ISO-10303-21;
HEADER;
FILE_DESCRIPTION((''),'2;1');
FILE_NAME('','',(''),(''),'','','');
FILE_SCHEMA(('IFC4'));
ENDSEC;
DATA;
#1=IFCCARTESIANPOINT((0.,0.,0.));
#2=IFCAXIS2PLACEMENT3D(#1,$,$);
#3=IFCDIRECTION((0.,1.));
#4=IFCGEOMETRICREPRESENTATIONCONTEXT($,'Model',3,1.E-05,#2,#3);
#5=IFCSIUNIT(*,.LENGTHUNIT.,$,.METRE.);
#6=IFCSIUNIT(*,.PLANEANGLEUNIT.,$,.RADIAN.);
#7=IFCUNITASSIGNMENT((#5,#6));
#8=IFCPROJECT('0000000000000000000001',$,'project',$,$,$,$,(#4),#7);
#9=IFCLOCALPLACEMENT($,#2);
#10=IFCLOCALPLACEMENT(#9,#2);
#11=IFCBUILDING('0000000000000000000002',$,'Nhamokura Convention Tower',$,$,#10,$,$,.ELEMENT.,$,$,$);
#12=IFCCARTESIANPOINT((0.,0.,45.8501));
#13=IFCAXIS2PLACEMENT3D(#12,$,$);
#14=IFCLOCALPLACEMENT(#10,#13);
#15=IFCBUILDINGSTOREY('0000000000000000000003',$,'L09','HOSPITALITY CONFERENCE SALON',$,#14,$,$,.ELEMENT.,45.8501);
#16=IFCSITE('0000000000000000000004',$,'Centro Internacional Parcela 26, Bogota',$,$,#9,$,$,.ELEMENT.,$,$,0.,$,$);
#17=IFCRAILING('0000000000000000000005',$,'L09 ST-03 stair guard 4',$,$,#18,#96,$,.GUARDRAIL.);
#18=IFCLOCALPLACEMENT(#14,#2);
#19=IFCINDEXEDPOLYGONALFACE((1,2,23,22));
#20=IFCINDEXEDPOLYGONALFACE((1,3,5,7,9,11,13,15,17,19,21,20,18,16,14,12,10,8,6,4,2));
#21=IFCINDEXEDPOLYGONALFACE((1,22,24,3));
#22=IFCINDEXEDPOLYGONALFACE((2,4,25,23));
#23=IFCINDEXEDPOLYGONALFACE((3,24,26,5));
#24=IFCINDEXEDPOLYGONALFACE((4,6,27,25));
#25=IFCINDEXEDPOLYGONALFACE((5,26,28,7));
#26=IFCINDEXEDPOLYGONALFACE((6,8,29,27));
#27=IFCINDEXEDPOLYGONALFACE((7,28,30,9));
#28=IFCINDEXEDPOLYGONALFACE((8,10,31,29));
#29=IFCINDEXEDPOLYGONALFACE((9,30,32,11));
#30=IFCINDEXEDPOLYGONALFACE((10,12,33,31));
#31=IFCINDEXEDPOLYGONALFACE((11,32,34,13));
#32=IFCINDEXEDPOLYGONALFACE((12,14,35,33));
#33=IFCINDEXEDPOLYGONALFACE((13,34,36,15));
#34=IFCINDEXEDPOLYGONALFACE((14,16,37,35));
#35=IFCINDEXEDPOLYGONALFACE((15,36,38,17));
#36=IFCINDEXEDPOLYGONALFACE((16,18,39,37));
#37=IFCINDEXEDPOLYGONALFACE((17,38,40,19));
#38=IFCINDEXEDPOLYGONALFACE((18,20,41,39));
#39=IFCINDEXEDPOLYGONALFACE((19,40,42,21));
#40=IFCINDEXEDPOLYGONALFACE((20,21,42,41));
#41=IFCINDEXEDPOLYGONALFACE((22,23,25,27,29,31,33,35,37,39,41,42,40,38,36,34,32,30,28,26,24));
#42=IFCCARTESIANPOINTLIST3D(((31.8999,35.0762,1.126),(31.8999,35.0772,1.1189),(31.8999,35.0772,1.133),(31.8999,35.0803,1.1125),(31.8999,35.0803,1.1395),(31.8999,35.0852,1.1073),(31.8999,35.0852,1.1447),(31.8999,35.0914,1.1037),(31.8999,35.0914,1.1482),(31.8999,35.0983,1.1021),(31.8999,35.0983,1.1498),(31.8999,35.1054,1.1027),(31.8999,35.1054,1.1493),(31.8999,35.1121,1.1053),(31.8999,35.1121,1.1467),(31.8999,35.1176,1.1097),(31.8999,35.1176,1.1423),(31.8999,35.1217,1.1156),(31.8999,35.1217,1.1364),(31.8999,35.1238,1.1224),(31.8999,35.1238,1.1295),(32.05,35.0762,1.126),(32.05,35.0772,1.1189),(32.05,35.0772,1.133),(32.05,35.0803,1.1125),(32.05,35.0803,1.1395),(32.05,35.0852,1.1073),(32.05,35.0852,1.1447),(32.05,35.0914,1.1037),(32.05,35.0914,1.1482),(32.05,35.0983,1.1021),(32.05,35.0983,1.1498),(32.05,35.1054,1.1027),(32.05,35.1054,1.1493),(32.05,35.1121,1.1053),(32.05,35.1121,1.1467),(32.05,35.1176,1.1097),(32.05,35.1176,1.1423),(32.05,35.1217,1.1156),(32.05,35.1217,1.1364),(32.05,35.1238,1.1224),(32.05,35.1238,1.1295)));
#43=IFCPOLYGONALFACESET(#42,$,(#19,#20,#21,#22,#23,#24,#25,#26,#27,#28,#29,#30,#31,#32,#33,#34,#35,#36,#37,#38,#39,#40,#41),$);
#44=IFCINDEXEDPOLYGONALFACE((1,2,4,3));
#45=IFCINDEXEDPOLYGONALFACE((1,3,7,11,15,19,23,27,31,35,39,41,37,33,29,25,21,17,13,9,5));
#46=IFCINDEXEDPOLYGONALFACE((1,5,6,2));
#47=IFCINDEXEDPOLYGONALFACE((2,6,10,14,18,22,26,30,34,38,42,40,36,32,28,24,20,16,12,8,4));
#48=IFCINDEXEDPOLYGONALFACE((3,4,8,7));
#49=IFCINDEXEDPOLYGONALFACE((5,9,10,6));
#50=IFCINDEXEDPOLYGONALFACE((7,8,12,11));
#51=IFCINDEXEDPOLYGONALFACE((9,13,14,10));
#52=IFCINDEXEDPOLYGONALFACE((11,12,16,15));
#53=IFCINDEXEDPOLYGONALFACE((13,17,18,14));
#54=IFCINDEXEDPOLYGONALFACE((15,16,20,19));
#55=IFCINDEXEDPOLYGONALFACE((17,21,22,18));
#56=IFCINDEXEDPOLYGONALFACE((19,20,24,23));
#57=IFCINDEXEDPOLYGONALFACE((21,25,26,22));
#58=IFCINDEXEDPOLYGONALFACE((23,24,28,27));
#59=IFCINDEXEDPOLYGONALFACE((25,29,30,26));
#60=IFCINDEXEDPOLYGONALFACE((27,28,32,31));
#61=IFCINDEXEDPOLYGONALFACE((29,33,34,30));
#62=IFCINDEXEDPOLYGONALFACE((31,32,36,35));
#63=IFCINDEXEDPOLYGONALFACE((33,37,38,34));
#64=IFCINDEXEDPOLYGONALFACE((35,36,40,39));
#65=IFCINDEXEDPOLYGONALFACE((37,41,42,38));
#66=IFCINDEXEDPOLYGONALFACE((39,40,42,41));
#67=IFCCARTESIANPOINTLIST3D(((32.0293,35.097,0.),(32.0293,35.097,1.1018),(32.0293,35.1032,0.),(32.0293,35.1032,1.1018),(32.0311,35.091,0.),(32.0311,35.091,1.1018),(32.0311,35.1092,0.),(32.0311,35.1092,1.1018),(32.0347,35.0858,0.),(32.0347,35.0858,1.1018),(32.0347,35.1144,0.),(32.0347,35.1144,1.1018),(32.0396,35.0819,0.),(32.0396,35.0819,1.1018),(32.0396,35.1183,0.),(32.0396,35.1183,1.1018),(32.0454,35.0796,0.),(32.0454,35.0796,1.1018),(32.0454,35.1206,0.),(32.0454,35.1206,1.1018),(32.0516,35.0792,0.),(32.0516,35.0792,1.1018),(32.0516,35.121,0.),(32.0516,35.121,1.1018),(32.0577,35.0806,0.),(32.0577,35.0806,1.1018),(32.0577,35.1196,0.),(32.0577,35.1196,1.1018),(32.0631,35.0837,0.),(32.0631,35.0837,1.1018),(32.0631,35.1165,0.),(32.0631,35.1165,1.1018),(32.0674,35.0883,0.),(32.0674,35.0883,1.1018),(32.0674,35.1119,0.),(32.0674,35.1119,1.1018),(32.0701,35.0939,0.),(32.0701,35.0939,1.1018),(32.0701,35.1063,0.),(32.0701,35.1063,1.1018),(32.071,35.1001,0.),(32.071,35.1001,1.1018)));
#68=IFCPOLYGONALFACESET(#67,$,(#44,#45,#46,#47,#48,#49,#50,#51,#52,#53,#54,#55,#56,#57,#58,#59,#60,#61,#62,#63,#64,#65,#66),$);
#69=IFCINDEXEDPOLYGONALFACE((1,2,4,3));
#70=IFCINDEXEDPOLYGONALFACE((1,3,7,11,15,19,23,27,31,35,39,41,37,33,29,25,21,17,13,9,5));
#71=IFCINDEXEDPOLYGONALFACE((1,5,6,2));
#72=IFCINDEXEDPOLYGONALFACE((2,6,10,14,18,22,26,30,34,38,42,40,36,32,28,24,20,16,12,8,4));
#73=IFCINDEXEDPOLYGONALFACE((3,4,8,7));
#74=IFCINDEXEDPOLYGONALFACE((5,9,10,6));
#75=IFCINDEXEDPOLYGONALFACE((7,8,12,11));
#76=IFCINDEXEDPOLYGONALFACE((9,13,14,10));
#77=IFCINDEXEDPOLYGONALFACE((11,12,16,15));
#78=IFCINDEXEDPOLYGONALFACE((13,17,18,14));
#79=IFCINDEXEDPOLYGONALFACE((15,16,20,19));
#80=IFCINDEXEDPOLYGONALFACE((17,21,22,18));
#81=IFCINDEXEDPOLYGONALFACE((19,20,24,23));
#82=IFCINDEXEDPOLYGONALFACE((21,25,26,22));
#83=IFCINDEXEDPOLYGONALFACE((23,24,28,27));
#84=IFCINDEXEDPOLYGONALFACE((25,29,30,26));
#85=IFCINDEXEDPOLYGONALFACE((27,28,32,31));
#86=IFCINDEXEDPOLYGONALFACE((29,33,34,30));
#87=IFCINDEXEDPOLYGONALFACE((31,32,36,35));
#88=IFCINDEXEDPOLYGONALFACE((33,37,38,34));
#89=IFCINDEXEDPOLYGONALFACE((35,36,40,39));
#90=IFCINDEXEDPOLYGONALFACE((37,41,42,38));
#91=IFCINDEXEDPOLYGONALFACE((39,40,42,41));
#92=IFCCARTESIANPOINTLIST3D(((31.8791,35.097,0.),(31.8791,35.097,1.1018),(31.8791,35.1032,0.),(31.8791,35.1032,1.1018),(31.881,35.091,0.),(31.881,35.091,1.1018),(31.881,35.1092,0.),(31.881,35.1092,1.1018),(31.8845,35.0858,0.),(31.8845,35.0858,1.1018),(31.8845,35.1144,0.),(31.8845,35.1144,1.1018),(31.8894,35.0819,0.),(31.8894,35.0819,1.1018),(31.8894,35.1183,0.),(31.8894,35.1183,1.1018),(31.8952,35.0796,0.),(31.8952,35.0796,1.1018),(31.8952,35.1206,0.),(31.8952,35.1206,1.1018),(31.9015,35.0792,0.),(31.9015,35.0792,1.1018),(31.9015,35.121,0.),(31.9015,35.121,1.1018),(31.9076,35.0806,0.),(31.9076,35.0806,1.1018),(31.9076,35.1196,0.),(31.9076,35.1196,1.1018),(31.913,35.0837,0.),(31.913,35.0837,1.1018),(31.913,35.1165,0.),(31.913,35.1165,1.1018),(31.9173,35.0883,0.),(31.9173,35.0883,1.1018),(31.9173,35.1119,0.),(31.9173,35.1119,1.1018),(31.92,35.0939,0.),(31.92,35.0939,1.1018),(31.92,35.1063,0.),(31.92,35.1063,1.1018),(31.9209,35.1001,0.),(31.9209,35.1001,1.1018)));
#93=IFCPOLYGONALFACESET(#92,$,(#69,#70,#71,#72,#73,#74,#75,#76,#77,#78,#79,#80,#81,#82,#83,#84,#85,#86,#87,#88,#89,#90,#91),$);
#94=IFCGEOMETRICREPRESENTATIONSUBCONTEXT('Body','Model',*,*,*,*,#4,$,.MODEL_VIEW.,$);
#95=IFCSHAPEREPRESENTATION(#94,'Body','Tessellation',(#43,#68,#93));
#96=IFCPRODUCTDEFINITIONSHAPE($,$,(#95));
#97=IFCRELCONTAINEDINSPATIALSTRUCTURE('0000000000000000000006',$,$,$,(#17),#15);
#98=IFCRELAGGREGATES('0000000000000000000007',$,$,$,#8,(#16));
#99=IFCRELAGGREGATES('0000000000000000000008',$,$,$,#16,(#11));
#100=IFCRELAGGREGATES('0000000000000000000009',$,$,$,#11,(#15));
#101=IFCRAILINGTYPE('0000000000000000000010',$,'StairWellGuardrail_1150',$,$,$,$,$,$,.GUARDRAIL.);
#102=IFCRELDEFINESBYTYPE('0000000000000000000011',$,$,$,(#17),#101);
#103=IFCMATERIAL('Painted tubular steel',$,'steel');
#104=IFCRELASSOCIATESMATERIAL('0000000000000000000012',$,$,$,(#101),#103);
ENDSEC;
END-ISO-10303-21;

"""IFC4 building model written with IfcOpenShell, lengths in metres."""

from ifc_helpers import new_model, si_unit, direction, frame, origin, origin_2d, place, context, subcontext, project, spatial, circle, extrude, material, type_object, element, save


model = new_model("IFC4")

# Units and contexts
model_context = context("Model", 3, precision=1e-05, world=origin(), true_north=direction((0.0, 1.0)))
body_context = subcontext(model_context, "Body", "Model", "MODEL_VIEW")
ifc_project = project(units=[si_unit("LENGTHUNIT", "METRE"), si_unit("PLANEANGLEUNIT", "RADIAN")], contexts=[model_context])

# Site, building, storey
site_placement = place(None, origin())
site = spatial("IfcSite", under=ifc_project, at=site_placement, Name="Centro Internacional Parcela 26, Bogota", CompositionType="ELEMENT", RefElevation=0.0)
building_placement = place(site_placement, origin())
building = spatial("IfcBuilding", under=site, at=building_placement, Name="Nhamokura Convention Tower", CompositionType="ELEMENT")
storey_placement = place(building_placement, frame((0.0, 0.0, 45.8501)))
storey = spatial("IfcBuildingStorey", under=building, at=storey_placement, Name="L09", Description="HOSPITALITY CONFERENCE SALON", CompositionType="ELEMENT", Elevation=45.8501)

# Railing
ifc_material_1 = material(Name="Painted tubular steel", Category="steel")
railing_type_1 = type_object("IfcRailingType", Name="StairWellGuardrail_1150", PredefinedType="GUARDRAIL", material=ifc_material_1)
railing_1_placement = place(storey_placement, frame((32.05, 35.1001, 0.0)))
element("IfcRailing", 1, at=railing_1_placement, inside=storey, type_object=railing_type_1, Name="L09 ST-03 stair guard 4", PredefinedType="GUARDRAIL", context=body_context, shape_type="SweptSolid", body=[
    extrude(circle(Radius=0.0239, at=origin_2d()), frame((0.0, 0.0, 1.126), z_axis=(-1.0, 0.0, 0.0), x_axis=(0.0, -1.0, 0.0)), (0.0, 0.0, 1.0), 0.1501),
    extrude(circle(Radius=0.021, at=origin_2d()), origin(), (0.0, 0.0, 1.0), 1.1018),
    extrude(circle(Radius=0.021, at=origin_2d()), frame((-0.1501, 0.0, 0.0)), (0.0, 0.0, 1.0), 1.1018),
])

save(model, "model.ifc")
